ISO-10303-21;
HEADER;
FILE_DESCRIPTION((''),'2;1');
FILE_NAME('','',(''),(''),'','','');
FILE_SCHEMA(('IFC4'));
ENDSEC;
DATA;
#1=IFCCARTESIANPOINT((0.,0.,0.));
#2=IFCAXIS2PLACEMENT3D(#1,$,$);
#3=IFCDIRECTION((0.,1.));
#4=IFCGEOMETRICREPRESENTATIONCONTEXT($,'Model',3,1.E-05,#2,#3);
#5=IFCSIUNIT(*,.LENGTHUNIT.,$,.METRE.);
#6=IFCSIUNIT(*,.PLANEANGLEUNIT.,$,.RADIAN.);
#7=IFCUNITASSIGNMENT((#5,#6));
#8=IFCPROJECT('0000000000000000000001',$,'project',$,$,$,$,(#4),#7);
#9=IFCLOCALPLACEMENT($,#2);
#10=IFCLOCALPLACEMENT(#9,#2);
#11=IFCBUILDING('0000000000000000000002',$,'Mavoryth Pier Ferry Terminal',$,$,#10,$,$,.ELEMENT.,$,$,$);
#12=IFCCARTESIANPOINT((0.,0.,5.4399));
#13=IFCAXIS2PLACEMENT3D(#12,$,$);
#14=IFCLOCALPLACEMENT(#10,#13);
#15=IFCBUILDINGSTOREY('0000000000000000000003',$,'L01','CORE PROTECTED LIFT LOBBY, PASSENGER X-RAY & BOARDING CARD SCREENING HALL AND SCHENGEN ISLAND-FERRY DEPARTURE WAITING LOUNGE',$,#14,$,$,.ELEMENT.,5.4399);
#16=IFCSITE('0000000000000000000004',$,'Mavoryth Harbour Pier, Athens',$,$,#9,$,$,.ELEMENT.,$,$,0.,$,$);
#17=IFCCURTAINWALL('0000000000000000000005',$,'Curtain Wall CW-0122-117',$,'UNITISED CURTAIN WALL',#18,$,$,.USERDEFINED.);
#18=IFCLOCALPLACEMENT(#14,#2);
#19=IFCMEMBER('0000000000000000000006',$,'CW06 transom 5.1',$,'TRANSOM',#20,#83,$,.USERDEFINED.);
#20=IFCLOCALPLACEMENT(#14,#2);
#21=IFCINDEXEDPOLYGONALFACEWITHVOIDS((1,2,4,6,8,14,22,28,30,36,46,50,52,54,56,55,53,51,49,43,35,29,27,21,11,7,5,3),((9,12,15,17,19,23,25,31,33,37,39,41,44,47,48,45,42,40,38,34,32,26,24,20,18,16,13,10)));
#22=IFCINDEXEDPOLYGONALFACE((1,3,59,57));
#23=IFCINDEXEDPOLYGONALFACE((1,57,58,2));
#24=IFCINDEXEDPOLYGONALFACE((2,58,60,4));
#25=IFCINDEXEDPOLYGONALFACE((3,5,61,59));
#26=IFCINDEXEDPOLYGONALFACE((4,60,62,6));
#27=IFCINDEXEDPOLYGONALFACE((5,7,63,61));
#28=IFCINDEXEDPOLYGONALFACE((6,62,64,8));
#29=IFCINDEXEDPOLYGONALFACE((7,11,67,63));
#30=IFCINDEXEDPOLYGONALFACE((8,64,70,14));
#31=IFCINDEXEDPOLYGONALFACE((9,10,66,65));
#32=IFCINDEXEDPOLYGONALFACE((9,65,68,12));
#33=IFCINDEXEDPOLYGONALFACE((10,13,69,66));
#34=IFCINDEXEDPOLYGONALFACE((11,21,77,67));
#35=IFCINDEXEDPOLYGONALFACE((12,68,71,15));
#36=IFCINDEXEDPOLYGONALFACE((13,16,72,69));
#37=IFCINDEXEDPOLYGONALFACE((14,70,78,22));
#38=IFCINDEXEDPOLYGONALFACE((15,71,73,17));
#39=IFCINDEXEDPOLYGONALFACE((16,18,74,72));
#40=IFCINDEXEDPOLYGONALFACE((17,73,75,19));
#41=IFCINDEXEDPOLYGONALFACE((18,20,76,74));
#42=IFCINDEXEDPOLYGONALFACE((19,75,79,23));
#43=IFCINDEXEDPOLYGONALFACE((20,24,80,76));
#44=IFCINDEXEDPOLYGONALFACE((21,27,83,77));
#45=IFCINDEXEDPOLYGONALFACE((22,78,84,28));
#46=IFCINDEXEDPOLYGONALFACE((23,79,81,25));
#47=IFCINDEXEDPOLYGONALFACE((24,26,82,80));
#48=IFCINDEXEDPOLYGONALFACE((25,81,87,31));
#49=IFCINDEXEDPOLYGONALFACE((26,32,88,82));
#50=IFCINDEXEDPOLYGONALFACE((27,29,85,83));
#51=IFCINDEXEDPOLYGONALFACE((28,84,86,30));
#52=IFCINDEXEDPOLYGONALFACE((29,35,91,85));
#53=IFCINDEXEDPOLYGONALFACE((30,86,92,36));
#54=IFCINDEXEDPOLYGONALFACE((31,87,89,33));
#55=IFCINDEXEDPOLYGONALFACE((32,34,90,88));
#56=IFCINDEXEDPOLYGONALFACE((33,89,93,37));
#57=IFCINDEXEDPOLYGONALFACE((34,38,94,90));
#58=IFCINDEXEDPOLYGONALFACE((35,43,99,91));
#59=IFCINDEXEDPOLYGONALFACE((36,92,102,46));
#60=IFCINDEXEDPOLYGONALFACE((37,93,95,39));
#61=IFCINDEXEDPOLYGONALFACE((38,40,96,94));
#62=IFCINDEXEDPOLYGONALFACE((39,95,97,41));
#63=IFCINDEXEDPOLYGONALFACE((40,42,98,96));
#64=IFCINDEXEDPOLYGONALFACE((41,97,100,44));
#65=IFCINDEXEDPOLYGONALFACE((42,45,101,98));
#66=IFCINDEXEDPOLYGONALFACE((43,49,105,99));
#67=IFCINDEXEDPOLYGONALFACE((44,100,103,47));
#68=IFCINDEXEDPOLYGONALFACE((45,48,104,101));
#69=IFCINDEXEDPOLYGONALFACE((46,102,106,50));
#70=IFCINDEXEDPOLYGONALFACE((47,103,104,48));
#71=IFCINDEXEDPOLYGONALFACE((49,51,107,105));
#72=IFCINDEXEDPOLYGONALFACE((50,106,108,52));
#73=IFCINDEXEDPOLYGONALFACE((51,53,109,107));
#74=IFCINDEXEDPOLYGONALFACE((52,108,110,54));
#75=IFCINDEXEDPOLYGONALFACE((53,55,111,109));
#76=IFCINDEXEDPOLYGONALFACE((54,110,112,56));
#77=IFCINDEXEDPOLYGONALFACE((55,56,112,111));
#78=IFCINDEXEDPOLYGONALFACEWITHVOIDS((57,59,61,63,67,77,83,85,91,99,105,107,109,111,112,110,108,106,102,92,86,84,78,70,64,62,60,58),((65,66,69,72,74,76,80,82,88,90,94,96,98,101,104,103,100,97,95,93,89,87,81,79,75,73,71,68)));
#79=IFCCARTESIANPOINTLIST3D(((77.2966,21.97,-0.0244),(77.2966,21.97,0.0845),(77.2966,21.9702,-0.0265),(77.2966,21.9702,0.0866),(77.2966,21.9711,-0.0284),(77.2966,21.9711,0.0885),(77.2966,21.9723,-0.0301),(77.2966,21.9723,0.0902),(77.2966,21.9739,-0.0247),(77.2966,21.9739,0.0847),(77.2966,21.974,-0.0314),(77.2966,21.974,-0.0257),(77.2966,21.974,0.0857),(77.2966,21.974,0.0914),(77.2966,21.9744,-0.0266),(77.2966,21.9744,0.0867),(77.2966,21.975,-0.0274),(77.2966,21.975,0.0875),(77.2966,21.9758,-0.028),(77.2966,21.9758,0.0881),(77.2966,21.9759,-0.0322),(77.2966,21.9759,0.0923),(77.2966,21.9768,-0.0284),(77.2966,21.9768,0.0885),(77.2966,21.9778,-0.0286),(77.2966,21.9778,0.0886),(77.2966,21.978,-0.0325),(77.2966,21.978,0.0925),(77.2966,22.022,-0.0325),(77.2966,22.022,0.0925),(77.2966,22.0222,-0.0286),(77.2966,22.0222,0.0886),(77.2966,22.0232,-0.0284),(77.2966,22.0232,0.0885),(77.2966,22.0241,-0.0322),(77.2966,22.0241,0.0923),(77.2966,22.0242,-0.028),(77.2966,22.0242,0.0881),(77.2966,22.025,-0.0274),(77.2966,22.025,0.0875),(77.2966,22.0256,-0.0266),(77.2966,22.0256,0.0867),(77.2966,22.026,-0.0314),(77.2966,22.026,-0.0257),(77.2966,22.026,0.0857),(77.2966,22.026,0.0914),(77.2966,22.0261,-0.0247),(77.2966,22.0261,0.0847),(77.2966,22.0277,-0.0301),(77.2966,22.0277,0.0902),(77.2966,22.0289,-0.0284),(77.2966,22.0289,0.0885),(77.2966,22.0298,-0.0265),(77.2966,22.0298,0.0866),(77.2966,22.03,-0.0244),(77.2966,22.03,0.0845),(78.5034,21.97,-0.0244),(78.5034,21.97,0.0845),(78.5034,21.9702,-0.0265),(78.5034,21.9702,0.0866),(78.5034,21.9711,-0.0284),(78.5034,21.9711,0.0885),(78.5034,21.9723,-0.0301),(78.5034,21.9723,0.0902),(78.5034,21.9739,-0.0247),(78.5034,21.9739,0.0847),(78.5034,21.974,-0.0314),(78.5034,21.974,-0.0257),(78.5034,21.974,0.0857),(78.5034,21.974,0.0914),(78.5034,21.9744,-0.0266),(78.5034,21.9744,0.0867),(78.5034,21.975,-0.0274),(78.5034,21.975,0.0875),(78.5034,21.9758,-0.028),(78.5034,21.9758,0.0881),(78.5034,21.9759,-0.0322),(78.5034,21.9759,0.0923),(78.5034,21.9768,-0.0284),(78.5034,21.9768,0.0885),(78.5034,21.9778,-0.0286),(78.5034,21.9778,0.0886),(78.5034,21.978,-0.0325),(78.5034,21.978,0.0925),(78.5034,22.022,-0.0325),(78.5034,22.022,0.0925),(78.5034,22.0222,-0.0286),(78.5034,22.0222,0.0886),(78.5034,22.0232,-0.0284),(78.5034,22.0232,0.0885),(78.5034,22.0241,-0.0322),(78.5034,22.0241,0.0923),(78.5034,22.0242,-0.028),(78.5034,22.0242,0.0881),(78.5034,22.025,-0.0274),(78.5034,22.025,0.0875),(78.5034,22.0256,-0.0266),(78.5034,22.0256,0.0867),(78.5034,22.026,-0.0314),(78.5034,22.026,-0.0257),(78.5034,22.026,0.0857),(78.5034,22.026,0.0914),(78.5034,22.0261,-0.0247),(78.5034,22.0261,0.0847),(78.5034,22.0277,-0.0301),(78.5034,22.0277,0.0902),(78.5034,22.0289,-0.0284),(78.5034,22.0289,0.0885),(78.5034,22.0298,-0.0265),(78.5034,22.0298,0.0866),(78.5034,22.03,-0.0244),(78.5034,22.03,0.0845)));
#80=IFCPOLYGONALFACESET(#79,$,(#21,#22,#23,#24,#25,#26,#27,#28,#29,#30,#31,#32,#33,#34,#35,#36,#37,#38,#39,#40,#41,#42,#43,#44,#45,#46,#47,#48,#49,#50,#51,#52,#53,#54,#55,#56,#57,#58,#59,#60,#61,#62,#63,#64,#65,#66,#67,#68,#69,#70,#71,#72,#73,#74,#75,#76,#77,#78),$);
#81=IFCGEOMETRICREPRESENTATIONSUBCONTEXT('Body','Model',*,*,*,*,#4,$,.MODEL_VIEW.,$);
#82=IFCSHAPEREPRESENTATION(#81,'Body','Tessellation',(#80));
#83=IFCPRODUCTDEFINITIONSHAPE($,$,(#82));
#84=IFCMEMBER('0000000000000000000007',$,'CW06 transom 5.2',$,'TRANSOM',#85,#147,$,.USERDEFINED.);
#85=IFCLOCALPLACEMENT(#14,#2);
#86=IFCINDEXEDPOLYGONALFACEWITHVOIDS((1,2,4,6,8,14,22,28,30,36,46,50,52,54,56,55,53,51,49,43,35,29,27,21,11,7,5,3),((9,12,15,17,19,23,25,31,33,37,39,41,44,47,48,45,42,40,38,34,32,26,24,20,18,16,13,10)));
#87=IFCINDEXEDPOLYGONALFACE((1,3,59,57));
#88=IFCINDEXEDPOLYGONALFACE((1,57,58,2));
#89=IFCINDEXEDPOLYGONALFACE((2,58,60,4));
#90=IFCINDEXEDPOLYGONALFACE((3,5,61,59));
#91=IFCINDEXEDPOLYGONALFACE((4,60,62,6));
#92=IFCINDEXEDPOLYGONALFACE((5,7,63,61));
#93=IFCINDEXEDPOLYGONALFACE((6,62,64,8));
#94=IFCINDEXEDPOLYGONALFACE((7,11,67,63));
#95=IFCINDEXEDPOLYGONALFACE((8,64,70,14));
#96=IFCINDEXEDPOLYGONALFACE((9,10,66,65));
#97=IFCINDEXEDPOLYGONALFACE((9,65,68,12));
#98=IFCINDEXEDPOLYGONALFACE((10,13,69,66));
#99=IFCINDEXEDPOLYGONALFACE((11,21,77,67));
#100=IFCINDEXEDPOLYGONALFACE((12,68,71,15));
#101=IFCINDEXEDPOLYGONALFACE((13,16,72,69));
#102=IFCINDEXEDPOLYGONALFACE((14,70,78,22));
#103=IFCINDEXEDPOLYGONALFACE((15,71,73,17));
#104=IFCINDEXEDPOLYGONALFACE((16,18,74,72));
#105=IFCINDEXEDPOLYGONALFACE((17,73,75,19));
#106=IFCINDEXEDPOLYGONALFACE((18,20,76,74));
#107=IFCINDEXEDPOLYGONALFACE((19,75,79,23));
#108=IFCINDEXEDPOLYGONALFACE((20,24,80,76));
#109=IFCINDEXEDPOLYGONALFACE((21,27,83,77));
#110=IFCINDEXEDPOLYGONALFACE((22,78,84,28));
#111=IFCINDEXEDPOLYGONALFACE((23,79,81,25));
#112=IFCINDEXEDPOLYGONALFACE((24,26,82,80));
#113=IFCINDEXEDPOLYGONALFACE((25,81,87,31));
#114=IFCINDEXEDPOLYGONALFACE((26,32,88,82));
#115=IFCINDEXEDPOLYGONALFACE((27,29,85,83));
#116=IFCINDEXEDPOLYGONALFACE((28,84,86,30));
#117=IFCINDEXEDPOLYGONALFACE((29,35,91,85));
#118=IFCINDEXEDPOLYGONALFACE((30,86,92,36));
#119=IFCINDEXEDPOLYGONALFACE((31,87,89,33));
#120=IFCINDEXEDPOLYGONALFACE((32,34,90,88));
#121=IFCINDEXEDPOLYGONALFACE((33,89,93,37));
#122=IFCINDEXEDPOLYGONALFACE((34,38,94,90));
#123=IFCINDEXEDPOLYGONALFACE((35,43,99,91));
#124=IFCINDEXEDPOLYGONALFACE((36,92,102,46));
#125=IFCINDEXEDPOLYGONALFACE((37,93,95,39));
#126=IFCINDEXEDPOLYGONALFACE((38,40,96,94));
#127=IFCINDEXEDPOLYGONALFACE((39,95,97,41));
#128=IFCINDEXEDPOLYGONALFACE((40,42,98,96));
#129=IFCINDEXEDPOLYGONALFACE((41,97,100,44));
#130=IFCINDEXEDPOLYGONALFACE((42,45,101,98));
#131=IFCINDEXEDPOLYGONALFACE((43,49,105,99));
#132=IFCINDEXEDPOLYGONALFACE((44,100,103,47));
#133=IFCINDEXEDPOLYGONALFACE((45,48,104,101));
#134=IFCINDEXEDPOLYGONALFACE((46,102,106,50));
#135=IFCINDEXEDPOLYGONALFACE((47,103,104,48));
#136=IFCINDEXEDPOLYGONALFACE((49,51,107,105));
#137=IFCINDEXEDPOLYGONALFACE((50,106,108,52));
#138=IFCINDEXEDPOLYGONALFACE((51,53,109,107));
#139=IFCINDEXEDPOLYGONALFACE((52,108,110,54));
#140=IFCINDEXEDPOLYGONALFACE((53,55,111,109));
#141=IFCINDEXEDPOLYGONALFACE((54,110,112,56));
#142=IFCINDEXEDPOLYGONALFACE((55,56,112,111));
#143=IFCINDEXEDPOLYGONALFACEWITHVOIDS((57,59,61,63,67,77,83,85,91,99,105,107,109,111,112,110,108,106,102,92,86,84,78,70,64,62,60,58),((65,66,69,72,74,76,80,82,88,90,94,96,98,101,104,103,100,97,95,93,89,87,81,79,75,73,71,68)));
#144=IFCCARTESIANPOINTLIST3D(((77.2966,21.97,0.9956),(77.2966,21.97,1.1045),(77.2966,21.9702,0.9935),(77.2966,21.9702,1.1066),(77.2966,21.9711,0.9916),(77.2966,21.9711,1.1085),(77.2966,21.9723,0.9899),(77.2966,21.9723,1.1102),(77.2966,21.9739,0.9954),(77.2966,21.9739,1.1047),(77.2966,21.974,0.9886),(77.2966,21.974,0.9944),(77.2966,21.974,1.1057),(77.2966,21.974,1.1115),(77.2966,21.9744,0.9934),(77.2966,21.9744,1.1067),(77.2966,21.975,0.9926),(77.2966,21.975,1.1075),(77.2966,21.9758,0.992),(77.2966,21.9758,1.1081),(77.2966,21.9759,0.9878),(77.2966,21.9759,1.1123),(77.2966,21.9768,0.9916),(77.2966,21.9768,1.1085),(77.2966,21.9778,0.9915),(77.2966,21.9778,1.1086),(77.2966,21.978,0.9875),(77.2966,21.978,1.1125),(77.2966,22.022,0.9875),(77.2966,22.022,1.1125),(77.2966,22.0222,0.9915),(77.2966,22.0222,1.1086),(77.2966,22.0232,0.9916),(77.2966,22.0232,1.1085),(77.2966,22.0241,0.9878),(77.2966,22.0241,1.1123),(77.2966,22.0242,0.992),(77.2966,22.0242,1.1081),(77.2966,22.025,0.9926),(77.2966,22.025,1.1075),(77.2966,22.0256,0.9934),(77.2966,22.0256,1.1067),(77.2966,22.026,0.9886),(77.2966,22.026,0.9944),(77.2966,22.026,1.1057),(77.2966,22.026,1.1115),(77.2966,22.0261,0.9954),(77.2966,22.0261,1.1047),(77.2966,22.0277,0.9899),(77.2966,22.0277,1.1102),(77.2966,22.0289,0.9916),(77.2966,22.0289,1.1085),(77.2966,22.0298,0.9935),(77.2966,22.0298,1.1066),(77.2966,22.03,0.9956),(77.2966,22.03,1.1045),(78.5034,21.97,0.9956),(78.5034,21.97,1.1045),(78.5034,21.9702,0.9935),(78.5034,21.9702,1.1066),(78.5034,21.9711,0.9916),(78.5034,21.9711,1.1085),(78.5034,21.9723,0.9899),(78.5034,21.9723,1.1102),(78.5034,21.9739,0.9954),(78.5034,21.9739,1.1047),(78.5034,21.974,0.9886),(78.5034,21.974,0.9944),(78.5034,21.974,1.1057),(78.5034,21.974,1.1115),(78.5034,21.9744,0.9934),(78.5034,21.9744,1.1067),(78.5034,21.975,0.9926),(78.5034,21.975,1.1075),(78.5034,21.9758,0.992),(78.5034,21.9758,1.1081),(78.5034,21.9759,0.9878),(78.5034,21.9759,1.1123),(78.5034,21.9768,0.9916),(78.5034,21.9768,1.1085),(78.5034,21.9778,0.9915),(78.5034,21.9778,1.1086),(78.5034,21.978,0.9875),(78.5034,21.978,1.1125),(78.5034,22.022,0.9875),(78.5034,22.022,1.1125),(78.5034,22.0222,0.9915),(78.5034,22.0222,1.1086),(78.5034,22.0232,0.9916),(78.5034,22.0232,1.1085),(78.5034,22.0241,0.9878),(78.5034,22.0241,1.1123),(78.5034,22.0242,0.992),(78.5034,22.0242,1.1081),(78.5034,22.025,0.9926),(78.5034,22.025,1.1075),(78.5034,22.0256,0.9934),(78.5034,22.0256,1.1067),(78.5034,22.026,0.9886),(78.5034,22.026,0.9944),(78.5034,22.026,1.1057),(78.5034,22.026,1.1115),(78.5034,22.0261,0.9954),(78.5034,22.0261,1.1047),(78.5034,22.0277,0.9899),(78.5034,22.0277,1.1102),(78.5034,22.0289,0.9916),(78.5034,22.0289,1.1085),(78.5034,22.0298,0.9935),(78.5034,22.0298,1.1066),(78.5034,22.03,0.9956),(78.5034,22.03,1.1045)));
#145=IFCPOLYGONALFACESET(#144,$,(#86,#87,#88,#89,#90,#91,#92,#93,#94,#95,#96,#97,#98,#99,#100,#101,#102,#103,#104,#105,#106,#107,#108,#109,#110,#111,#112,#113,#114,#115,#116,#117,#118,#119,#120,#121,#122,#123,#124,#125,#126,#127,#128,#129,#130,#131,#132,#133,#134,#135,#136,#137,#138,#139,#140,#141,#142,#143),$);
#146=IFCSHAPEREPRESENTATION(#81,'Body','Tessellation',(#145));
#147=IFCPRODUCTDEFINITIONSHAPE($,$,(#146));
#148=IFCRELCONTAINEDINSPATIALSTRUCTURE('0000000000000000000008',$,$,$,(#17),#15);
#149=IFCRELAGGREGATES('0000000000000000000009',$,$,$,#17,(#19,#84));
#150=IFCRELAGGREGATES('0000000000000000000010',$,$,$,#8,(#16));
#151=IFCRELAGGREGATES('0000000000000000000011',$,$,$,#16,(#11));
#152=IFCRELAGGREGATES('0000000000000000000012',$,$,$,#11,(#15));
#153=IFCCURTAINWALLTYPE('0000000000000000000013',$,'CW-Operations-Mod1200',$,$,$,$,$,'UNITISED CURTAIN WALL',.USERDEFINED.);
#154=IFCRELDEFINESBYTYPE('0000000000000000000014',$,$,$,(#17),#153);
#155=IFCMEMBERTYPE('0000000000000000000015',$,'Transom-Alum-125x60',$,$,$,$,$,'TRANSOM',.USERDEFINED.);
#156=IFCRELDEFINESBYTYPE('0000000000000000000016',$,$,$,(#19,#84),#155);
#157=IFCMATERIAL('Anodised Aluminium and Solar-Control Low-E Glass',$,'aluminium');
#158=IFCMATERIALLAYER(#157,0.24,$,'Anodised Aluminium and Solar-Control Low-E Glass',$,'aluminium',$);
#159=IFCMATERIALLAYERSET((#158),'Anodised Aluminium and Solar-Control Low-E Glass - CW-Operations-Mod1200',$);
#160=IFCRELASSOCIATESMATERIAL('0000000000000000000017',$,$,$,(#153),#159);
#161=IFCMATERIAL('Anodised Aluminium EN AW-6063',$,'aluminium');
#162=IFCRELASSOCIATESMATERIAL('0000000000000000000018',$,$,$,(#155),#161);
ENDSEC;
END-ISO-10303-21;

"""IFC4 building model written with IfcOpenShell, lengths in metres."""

from ifc_helpers import new_model, si_unit, direction, frame, origin, origin_2d, place, context, subcontext, project, spatial, hollow_rectangle, extrude, material, layer, layer_set, material_profile, profile_set, type_object, element, aggregate, save


model = new_model("IFC4")

# Units and contexts
model_context = context("Model", 3, precision=1e-05, world=origin(), true_north=direction((0.0, 1.0)))
body_context = subcontext(model_context, "Body", "Model", "MODEL_VIEW")
ifc_project = project(units=[si_unit("LENGTHUNIT", "METRE"), si_unit("PLANEANGLEUNIT", "RADIAN")], contexts=[model_context])

# Site, building, storey
site_placement = place(None, origin())
site = spatial("IfcSite", under=ifc_project, at=site_placement, Name="Mavoryth Harbour Pier, Athens", CompositionType="ELEMENT", RefElevation=0.0)
building_placement = place(site_placement, origin())
building = spatial("IfcBuilding", under=site, at=building_placement, Name="Mavoryth Pier Ferry Terminal", CompositionType="ELEMENT")
storey_placement = place(building_placement, frame((0.0, 0.0, 5.4399)))
storey = spatial("IfcBuildingStorey", under=building, at=storey_placement, Name="L01", Description="CORE PROTECTED LIFT LOBBY, PASSENGER X-RAY & BOARDING CARD SCREENING HALL AND SCHENGEN ISLAND-FERRY DEPARTURE WAITING LOUNGE", CompositionType="ELEMENT", Elevation=5.4399)

# Curtain wall
ifc_material_1 = material(Name="Anodised Aluminium and Solar-Control Low-E Glass", Category="aluminium")
ifc_layer_1 = layer(ifc_material_1, 0.24, Name="Anodised Aluminium and Solar-Control Low-E Glass", Category="aluminium")
ifc_layer_set_1 = layer_set([ifc_layer_1], Name="Anodised Aluminium and Solar-Control Low-E Glass - CW-Operations-Mod1200")
curtain_wall_type = type_object("IfcCurtainWallType", Name="CW-Operations-Mod1200", ElementType="UNITISED CURTAIN WALL", PredefinedType="USERDEFINED", material=ifc_layer_set_1)
ifc_material_2 = material(Name="Anodised Aluminium EN AW-6063", Category="aluminium")
curtain_wall_1_placement = place(storey_placement, origin())
curtain_wall_1 = element("IfcCurtainWall", 1, at=curtain_wall_1_placement, inside=storey, type_object=curtain_wall_type, Name="Curtain Wall CW-0122-117", ObjectType="UNITISED CURTAIN WALL", PredefinedType="USERDEFINED")

# Members
ifc_material_profile_1 = material_profile(ifc_material_2, hollow_rectangle(XDim=0.0601, YDim=0.125, WallThickness=0.0039, InnerFilletRadius=0.0039, OuterFilletRadius=0.0081, at=origin_2d()), Name="AL-TRAN 125x60x4", Category="aluminium")
ifc_profile_set_1 = profile_set([ifc_material_profile_1], Name="Anodised Aluminium EN AW-6063 - AL-TRAN 125x60x4")
member_type_1 = type_object("IfcMemberType", Name="Transom-Alum-125x60", ElementType="TRANSOM", PredefinedType="USERDEFINED", material=ifc_profile_set_1)
member_1_placement = place(storey_placement, frame((78.5034, 22.0, 0.03), z_axis=(-1.0, 0.0, 0.0), x_axis=(0.0, -1.0, 0.0)))
member_1 = element("IfcMember", 2, at=member_1_placement, type_object=member_type_1, Name="CW06 transom 5.1", ObjectType="TRANSOM", PredefinedType="USERDEFINED", context=body_context, shape_type="SweptSolid", body=[
    extrude(hollow_rectangle(XDim=0.0601, YDim=0.125, WallThickness=0.0039, InnerFilletRadius=0.0039, OuterFilletRadius=0.0081, at=origin_2d()), origin(), (0.0, 0.0, 1.0), 1.2068),
])
member_2_placement = place(storey_placement, frame((78.5034, 22.0, 1.05), z_axis=(-1.0, 0.0, 0.0), x_axis=(0.0, -1.0, 0.0)))
member_2 = element("IfcMember", 3, at=member_2_placement, type_object=member_type_1, Name="CW06 transom 5.2", ObjectType="TRANSOM", PredefinedType="USERDEFINED", context=body_context, shape_type="SweptSolid", body=[
    extrude(hollow_rectangle(XDim=0.0601, YDim=0.125, WallThickness=0.0039, InnerFilletRadius=0.0039, OuterFilletRadius=0.0081, at=origin_2d()), origin(), (0.0, 0.0, 1.0), 1.2068),
])

aggregate(curtain_wall_1, [member_1, member_2])

save(model, "model.ifc")
